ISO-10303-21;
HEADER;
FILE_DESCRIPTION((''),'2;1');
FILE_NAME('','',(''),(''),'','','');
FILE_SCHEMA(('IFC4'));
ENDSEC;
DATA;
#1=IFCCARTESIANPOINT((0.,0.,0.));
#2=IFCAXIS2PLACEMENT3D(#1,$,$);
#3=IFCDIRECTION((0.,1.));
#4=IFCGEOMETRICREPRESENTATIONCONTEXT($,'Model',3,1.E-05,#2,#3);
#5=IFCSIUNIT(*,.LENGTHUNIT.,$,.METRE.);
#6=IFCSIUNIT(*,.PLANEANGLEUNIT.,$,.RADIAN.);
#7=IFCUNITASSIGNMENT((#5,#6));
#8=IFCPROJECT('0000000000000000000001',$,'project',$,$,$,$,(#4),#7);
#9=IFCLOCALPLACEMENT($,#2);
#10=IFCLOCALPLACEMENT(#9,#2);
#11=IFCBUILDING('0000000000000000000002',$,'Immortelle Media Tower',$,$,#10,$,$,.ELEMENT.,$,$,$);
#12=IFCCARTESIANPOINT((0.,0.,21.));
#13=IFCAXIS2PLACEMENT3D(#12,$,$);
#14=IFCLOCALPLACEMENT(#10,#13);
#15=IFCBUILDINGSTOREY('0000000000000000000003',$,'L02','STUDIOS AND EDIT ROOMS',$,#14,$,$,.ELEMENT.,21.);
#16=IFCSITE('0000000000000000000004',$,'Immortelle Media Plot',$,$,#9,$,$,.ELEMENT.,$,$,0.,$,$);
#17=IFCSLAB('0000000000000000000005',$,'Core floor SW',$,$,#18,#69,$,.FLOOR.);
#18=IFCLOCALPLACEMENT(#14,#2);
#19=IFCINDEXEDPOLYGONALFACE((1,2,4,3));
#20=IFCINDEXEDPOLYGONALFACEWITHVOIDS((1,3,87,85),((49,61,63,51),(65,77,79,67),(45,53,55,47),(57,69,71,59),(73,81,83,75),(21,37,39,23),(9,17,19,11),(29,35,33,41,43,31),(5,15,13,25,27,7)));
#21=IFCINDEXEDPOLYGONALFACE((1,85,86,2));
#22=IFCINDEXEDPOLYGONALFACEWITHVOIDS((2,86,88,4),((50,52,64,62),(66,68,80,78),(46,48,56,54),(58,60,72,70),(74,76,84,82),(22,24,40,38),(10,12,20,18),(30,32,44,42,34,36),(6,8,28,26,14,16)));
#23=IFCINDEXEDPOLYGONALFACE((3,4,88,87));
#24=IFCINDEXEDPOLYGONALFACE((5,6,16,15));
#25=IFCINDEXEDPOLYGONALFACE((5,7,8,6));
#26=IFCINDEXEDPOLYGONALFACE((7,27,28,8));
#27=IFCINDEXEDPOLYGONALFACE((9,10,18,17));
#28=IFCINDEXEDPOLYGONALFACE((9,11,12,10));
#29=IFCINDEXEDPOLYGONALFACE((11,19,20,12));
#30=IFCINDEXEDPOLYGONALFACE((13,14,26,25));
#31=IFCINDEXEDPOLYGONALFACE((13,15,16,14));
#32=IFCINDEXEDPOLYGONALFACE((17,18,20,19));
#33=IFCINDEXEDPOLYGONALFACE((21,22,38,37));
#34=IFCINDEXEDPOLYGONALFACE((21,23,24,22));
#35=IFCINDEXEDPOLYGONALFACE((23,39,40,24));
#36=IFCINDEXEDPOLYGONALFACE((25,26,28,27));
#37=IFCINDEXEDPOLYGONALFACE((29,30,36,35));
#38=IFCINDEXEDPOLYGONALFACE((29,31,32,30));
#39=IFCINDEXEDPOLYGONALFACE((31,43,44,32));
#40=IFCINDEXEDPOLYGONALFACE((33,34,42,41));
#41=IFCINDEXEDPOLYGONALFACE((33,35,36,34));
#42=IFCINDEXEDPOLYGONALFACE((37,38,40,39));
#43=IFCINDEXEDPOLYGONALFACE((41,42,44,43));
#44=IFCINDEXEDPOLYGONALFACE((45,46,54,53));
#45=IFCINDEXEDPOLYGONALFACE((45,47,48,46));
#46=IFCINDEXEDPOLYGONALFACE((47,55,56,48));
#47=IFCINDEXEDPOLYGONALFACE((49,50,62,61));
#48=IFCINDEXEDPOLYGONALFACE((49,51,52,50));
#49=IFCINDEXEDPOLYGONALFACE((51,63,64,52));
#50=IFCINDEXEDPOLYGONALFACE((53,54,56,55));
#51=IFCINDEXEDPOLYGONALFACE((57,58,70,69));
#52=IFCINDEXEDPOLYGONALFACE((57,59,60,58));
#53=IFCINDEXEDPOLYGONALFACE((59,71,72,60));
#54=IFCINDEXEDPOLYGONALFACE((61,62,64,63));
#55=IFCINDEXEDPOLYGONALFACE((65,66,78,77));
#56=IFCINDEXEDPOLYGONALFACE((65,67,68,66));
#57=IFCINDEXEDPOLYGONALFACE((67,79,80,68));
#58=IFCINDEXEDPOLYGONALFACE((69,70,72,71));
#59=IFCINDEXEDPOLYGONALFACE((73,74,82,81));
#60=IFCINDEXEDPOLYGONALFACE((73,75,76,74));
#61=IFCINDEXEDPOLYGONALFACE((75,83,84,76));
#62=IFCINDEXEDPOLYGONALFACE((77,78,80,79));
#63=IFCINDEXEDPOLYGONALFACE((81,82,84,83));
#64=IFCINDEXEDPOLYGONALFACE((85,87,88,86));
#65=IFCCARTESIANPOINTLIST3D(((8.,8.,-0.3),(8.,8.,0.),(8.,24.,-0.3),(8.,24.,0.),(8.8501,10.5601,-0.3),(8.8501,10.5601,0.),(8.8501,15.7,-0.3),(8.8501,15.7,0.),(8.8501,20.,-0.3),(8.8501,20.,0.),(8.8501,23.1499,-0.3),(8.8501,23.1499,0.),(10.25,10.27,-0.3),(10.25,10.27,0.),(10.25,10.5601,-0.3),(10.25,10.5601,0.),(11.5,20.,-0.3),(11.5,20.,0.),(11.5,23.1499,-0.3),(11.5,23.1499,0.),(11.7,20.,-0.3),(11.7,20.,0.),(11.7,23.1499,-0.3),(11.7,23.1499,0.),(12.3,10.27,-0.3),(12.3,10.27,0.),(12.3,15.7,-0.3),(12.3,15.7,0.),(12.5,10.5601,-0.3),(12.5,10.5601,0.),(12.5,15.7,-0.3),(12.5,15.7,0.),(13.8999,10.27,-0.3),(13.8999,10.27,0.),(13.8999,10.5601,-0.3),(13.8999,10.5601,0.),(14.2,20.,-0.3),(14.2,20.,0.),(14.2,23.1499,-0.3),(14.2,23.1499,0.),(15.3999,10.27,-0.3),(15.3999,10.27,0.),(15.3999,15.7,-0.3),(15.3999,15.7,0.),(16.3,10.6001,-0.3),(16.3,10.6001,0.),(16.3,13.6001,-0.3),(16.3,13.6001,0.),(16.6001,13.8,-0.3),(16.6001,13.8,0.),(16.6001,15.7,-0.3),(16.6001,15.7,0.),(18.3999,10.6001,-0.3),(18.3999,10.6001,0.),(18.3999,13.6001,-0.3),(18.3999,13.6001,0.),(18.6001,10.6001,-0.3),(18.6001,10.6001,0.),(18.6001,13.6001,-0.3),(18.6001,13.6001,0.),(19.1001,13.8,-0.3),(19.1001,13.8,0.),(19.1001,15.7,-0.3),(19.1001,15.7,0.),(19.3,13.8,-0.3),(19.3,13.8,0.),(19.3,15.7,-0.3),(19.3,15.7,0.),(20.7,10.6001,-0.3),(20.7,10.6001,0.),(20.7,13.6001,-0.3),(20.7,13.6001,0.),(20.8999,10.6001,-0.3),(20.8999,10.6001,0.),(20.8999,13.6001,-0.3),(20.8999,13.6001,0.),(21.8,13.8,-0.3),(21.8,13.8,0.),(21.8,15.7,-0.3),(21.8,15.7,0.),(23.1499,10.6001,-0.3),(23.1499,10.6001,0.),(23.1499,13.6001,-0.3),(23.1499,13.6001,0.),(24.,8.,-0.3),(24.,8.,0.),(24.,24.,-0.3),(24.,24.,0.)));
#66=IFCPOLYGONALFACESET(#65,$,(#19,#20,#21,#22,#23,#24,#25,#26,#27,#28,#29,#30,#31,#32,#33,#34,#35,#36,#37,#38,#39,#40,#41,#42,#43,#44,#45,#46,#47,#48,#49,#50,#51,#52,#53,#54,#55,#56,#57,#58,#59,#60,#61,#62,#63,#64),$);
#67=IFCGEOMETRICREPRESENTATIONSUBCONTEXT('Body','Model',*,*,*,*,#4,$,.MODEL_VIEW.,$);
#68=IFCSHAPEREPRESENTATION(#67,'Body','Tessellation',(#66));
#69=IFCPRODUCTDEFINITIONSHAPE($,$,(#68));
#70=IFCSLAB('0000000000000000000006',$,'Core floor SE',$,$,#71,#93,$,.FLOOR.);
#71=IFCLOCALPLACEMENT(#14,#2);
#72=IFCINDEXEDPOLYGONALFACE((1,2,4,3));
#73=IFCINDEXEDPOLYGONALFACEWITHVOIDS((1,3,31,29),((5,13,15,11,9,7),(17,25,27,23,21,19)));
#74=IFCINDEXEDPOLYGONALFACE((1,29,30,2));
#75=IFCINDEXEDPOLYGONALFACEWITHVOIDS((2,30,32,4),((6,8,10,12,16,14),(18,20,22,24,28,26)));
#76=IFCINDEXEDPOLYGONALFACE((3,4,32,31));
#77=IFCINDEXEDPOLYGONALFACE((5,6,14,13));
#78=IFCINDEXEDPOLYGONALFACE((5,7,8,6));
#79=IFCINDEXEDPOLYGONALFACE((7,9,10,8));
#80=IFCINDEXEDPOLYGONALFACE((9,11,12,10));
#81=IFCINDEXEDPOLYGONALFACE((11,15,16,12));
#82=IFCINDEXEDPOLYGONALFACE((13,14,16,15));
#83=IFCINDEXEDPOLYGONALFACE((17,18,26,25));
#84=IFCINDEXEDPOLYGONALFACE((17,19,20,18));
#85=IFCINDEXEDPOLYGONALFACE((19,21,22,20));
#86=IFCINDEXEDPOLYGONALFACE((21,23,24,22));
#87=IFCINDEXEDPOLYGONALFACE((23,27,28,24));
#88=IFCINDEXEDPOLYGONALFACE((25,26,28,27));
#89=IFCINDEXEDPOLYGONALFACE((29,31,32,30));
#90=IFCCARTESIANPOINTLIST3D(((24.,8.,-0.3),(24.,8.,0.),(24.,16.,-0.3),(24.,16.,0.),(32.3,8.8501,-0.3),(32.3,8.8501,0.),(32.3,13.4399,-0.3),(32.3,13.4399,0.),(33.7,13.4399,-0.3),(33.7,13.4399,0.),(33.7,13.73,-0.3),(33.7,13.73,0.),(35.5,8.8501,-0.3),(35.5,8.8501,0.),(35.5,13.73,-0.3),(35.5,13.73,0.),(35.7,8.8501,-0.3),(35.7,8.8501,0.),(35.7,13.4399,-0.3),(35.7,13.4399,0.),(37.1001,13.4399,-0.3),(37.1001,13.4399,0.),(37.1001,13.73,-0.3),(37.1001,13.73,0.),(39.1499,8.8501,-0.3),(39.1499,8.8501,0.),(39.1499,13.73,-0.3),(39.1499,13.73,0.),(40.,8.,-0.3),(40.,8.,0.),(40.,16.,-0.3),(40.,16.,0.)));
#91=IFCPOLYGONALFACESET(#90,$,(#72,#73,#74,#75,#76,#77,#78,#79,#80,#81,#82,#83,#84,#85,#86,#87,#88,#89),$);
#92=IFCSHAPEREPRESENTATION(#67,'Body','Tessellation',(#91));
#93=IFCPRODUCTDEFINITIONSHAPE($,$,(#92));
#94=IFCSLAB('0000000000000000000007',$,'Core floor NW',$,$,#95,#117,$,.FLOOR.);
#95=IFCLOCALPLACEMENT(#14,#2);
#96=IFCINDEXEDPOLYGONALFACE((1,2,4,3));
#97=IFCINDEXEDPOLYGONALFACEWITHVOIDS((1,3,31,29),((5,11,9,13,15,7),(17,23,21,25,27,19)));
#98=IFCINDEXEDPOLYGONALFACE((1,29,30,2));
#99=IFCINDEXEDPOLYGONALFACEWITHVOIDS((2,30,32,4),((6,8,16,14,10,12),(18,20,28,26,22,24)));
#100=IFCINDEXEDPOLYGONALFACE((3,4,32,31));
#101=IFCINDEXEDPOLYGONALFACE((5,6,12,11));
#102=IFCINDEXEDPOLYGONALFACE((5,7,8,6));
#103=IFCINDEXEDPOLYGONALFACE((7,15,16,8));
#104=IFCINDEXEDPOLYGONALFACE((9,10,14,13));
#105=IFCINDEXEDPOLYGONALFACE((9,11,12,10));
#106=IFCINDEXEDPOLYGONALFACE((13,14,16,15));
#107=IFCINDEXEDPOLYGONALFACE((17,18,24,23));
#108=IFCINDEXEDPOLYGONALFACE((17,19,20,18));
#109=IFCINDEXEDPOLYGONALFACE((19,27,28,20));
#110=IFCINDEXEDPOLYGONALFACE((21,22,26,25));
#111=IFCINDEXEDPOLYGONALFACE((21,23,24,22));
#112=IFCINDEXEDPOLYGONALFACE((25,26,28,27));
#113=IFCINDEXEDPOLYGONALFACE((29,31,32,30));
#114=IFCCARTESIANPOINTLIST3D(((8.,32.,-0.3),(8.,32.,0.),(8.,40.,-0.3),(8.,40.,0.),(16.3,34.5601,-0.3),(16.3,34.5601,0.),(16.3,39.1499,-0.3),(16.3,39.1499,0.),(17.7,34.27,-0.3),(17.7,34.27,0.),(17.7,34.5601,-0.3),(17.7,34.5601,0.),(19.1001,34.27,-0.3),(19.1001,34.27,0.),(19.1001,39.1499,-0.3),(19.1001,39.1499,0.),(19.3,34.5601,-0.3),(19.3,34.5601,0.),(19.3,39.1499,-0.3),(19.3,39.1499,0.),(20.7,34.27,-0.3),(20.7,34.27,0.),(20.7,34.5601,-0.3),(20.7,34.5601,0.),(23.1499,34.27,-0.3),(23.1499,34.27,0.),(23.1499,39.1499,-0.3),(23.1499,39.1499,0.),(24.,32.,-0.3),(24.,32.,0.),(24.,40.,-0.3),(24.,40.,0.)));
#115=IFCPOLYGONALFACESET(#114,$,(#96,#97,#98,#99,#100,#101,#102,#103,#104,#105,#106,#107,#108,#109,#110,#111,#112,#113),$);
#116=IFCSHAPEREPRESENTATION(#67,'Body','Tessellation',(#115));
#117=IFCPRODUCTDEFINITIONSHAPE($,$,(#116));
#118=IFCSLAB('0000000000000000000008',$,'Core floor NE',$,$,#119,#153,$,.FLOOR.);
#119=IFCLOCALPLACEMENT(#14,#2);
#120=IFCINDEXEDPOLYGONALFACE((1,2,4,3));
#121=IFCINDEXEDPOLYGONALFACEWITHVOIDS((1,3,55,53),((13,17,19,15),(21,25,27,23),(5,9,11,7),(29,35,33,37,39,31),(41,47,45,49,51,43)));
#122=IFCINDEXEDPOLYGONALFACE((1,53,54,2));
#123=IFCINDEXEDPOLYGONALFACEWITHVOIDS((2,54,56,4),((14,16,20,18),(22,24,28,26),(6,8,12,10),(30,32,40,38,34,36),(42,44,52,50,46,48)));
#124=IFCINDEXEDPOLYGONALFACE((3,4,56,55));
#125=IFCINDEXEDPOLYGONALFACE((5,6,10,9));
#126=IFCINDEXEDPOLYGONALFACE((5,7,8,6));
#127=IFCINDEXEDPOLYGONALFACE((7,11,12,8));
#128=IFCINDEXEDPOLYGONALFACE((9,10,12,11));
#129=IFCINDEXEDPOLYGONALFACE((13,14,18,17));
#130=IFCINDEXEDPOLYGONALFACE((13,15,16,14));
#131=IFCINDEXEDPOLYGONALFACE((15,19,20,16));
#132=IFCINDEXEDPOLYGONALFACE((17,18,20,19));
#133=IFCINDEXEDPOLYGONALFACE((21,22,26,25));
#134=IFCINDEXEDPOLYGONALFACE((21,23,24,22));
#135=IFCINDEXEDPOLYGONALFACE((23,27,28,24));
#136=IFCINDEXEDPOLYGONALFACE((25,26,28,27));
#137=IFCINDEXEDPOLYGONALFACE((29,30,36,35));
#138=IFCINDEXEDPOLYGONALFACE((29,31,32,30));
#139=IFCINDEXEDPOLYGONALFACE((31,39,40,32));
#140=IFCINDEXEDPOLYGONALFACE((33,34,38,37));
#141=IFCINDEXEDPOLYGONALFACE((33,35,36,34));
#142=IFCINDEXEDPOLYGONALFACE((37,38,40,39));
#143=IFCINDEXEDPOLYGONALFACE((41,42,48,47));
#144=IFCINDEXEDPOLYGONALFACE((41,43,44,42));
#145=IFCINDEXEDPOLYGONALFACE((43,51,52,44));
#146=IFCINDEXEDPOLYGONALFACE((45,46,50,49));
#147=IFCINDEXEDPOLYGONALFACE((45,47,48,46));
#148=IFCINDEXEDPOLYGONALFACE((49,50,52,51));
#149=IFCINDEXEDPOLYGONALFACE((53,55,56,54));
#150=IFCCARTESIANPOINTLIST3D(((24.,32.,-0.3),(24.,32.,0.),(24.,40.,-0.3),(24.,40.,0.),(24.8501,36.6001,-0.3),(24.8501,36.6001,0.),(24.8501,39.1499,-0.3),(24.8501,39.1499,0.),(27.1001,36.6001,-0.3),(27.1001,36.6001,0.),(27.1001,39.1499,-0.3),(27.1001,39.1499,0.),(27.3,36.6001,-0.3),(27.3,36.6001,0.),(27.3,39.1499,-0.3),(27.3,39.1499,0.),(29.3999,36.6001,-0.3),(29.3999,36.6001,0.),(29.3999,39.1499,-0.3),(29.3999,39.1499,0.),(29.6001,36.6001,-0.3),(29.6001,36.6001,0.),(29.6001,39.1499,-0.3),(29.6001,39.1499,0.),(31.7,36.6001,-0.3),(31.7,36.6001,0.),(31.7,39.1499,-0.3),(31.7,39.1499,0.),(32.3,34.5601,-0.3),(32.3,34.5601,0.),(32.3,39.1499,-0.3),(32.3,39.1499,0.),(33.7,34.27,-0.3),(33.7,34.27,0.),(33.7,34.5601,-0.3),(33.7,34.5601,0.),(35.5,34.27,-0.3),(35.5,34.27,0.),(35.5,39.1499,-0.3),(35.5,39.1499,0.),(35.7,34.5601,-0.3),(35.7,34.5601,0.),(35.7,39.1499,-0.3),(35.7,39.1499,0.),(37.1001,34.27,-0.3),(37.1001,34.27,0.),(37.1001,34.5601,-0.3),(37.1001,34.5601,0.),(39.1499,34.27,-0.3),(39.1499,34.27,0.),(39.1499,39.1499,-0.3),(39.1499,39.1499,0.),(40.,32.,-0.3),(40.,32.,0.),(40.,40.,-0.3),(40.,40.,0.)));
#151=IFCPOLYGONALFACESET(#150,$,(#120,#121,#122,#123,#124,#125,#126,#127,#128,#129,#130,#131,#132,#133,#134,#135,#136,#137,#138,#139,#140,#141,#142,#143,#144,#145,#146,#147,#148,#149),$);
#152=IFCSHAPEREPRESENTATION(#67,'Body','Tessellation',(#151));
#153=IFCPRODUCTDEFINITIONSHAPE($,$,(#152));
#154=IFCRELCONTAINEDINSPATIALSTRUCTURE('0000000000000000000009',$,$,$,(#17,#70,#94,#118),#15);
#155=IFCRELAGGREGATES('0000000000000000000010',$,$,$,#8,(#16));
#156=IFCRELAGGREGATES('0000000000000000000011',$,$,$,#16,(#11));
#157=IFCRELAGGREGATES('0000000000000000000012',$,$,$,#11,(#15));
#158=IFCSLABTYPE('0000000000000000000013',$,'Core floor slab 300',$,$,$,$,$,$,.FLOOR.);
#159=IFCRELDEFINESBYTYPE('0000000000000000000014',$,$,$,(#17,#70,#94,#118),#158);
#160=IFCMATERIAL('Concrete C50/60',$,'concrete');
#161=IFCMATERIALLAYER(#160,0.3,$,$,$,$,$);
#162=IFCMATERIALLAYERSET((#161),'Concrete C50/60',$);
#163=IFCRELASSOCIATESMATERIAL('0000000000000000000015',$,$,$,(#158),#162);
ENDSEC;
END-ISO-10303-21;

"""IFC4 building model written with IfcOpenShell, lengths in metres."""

from ifc_helpers import new_model, si_unit, direction, frame, origin, place, context, subcontext, project, spatial, polyline, outline, extrude, material, layer, layer_set, type_object, element, save


model = new_model("IFC4")

# Units and contexts
model_context = context("Model", 3, precision=1e-05, world=origin(), true_north=direction((0.0, 1.0)))
body_context = subcontext(model_context, "Body", "Model", "MODEL_VIEW")
ifc_project = project(units=[si_unit("LENGTHUNIT", "METRE"), si_unit("PLANEANGLEUNIT", "RADIAN")], contexts=[model_context])

# Site, building, storey
site_placement = place(None, origin())
site = spatial("IfcSite", under=ifc_project, at=site_placement, Name="Immortelle Media Plot", CompositionType="ELEMENT", RefElevation=0.0)
building_placement = place(site_placement, origin())
building = spatial("IfcBuilding", under=site, at=building_placement, Name="Immortelle Media Tower", CompositionType="ELEMENT")
storey_placement = place(building_placement, frame((0.0, 0.0, 21.0)))
storey = spatial("IfcBuildingStorey", under=building, at=storey_placement, Name="L02", Description="STUDIOS AND EDIT ROOMS", CompositionType="ELEMENT", Elevation=21.0)

# Slabs
ifc_material_1 = material(Name="Concrete C50/60", Category="concrete")
ifc_layer_1 = layer(ifc_material_1, 0.3)
ifc_layer_set_1 = layer_set([ifc_layer_1], Name="Concrete C50/60")
slab_type_1 = type_object("IfcSlabType", Name="Core floor slab 300", PredefinedType="FLOOR", material=ifc_layer_set_1)
slab_1_placement = place(storey_placement, frame((0.0, 0.0, -0.3)))
element("IfcSlab", 1, at=slab_1_placement, inside=storey, type_object=slab_type_1, Name="Core floor SW", PredefinedType="FLOOR", context=body_context, shape_type="SweptSolid", body=[
    extrude(outline(polyline([(8.0, 8.0), (24.0, 8.0), (24.0, 24.0), (8.0, 24.0), (8.0, 8.0)]), holes=[polyline([(8.8501, 20.0), (11.5, 20.0), (11.5, 23.1499), (8.8501, 23.1499), (8.8501, 20.0)]), polyline([(11.7, 20.0), (14.2, 20.0), (14.2, 23.1499), (11.7, 23.1499), (11.7, 20.0)]), polyline([(16.6001, 13.8), (19.1001, 13.8), (19.1001, 15.7), (16.6001, 15.7), (16.6001, 13.8)]), polyline([(19.3, 13.8), (21.8, 13.8), (21.8, 15.7), (19.3, 15.7), (19.3, 13.8)]), polyline([(16.3, 10.6001), (18.3999, 10.6001), (18.3999, 13.6001), (16.3, 13.6001), (16.3, 10.6001)]), polyline([(18.6001, 10.6001), (20.7, 10.6001), (20.7, 13.6001), (18.6001, 13.6001), (18.6001, 10.6001)]), polyline([(20.8999, 10.6001), (23.1499, 10.6001), (23.1499, 13.6001), (20.8999, 13.6001), (20.8999, 10.6001)]), polyline([(8.8501, 15.7), (12.3, 15.7), (12.3, 10.27), (10.25, 10.27), (10.25, 10.5601), (8.8501, 10.5601), (8.8501, 15.7)]), polyline([(12.5, 15.7), (15.3999, 15.7), (15.3999, 10.27), (13.8999, 10.27), (13.8999, 10.5601), (12.5, 10.5601), (12.5, 15.7)])]), origin(), (0.0, 0.0, 1.0), 0.3),
])
slab_2_placement = place(storey_placement, frame((0.0, 0.0, -0.3)))
element("IfcSlab", 2, at=slab_2_placement, inside=storey, type_object=slab_type_1, Name="Core floor SE", PredefinedType="FLOOR", context=body_context, shape_type="SweptSolid", body=[
    extrude(outline(polyline([(24.0, 8.0), (40.0, 8.0), (40.0, 16.0), (24.0, 16.0), (24.0, 8.0)]), holes=[polyline([(35.5, 13.73), (35.5, 8.8501), (32.3, 8.8501), (32.3, 13.4399), (33.7, 13.4399), (33.7, 13.73), (35.5, 13.73)]), polyline([(39.1499, 13.73), (39.1499, 8.8501), (35.7, 8.8501), (35.7, 13.4399), (37.1001, 13.4399), (37.1001, 13.73), (39.1499, 13.73)])]), origin(), (0.0, 0.0, 1.0), 0.3),
])
slab_3_placement = place(storey_placement, frame((0.0, 0.0, -0.3)))
element("IfcSlab", 3, at=slab_3_placement, inside=storey, type_object=slab_type_1, Name="Core floor NW", PredefinedType="FLOOR", context=body_context, shape_type="SweptSolid", body=[
    extrude(outline(polyline([(8.0, 32.0), (24.0, 32.0), (24.0, 40.0), (8.0, 40.0), (8.0, 32.0)]), holes=[polyline([(16.3, 39.1499), (19.1001, 39.1499), (19.1001, 34.27), (17.7, 34.27), (17.7, 34.5601), (16.3, 34.5601), (16.3, 39.1499)]), polyline([(19.3, 39.1499), (23.1499, 39.1499), (23.1499, 34.27), (20.7, 34.27), (20.7, 34.5601), (19.3, 34.5601), (19.3, 39.1499)])]), origin(), (0.0, 0.0, 1.0), 0.3),
])
slab_4_placement = place(storey_placement, frame((0.0, 0.0, -0.3)))
element("IfcSlab", 4, at=slab_4_placement, inside=storey, type_object=slab_type_1, Name="Core floor NE", PredefinedType="FLOOR", context=body_context, shape_type="SweptSolid", body=[
    extrude(outline(polyline([(24.0, 32.0), (40.0, 32.0), (40.0, 40.0), (24.0, 40.0), (24.0, 32.0)]), holes=[polyline([(24.8501, 36.6001), (27.1001, 36.6001), (27.1001, 39.1499), (24.8501, 39.1499), (24.8501, 36.6001)]), polyline([(27.3, 36.6001), (29.3999, 36.6001), (29.3999, 39.1499), (27.3, 39.1499), (27.3, 36.6001)]), polyline([(29.6001, 36.6001), (31.7, 36.6001), (31.7, 39.1499), (29.6001, 39.1499), (29.6001, 36.6001)]), polyline([(32.3, 39.1499), (35.5, 39.1499), (35.5, 34.27), (33.7, 34.27), (33.7, 34.5601), (32.3, 34.5601), (32.3, 39.1499)]), polyline([(35.7, 39.1499), (39.1499, 39.1499), (39.1499, 34.27), (37.1001, 34.27), (37.1001, 34.5601), (35.7, 34.5601), (35.7, 39.1499)])]), origin(), (0.0, 0.0, 1.0), 0.3),
])

save(model, "model.ifc")
